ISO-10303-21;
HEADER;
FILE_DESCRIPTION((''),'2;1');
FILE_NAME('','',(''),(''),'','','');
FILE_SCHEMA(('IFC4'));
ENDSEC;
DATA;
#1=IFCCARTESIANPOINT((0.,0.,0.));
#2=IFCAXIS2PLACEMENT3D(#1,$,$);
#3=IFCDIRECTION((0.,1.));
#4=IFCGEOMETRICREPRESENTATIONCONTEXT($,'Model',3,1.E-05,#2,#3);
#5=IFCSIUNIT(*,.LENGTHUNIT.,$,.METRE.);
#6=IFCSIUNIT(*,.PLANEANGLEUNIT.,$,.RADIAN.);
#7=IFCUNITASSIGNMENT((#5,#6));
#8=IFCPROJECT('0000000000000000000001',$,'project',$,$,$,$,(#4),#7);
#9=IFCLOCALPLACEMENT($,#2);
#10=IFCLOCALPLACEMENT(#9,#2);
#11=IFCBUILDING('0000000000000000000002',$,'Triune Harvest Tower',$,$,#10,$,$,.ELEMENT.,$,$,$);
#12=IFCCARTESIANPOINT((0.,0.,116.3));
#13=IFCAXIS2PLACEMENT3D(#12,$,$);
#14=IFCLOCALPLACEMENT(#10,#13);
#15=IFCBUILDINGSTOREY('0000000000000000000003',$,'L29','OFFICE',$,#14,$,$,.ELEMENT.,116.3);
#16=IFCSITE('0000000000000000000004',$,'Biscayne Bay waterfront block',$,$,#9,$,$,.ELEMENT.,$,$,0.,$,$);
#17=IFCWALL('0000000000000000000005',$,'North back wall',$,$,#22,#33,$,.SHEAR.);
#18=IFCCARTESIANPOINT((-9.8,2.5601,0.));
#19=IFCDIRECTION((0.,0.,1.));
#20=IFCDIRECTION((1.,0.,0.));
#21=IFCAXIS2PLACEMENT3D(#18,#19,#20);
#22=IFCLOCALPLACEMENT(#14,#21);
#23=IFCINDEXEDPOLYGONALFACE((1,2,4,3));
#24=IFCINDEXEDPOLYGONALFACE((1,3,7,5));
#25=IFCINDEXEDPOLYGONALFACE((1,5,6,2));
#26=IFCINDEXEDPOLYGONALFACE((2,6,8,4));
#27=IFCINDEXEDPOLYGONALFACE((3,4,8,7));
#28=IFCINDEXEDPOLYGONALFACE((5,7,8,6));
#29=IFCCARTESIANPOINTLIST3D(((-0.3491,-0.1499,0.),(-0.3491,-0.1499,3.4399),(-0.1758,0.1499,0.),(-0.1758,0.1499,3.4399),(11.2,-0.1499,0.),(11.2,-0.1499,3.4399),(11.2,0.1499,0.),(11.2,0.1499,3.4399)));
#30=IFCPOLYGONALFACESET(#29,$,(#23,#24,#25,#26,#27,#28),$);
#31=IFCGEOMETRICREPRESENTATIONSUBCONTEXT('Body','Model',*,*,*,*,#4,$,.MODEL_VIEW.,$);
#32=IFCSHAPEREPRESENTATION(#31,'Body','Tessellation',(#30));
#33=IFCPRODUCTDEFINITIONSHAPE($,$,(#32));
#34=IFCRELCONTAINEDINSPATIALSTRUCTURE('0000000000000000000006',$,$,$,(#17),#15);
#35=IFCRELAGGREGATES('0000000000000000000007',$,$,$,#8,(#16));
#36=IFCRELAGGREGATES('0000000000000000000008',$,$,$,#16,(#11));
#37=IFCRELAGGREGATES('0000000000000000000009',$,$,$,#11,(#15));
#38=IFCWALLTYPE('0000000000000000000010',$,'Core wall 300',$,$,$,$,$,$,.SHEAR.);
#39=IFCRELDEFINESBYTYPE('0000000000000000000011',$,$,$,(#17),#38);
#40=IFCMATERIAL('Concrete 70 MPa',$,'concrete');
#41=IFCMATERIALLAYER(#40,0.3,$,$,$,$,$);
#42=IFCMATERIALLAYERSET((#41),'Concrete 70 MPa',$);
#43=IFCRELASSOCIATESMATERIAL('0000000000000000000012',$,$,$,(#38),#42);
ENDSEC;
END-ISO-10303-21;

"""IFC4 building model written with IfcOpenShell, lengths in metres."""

from ifc_helpers import new_model, si_unit, direction, frame, origin, place, context, subcontext, project, spatial, polyline, outline, extrude, source, transform, mapped, material, layer, layer_set, type_object, element, save


model = new_model("IFC4")

# Units and contexts
model_context = context("Model", 3, precision=1e-05, world=origin(), true_north=direction((0.0, 1.0)))
body_context = subcontext(model_context, "Body", "Model", "MODEL_VIEW")
ifc_project = project(units=[si_unit("LENGTHUNIT", "METRE"), si_unit("PLANEANGLEUNIT", "RADIAN")], contexts=[model_context])

# Site, building, storey
site_placement = place(None, origin())
site = spatial("IfcSite", under=ifc_project, at=site_placement, Name="Biscayne Bay waterfront block", CompositionType="ELEMENT", RefElevation=0.0)
building_placement = place(site_placement, origin())
building = spatial("IfcBuilding", under=site, at=building_placement, Name="Triune Harvest Tower", CompositionType="ELEMENT")
storey_placement = place(building_placement, frame((0.0, 0.0, 116.3)))
storey = spatial("IfcBuildingStorey", under=building, at=storey_placement, Name="L29", Description="OFFICE", CompositionType="ELEMENT", Elevation=116.3)

# Shared definitions
ifc_material_1 = material(Name="Concrete 70 MPa", Category="concrete")
ifc_layer_1 = layer(ifc_material_1, 0.3)
ifc_layer_set_1 = layer_set([ifc_layer_1], Name="Concrete 70 MPa")
wall_type_1 = type_object("IfcWallType", Name="Core wall 300", PredefinedType="SHEAR", material=ifc_layer_set_1)

# Wall
shared_shape_1 = source(origin(), body_context, "Body", "SweptSolid", [
    extrude(outline(polyline([(11.2, -0.1499), (-0.3491, -0.1499), (-0.1758, 0.1499), (11.2, 0.1499), (11.2, -0.1499)])), origin(), (0.0, 0.0, 1.0), 3.4399),
])
wall_1_placement = place(storey_placement, frame((-9.8, 2.5601, 0.0), z_axis=(0.0, 0.0, 1.0), x_axis=(1.0, 0.0, 0.0)))
element("IfcWall", 1, at=wall_1_placement, inside=storey, type_object=wall_type_1, Name="North back wall", PredefinedType="SHEAR", context=body_context, shape_type="MappedRepresentation", body=[
    mapped(shared_shape_1, transform((0.0, 0.0, 0.0), scale=1.0)),
])

save(model, "model.ifc")
